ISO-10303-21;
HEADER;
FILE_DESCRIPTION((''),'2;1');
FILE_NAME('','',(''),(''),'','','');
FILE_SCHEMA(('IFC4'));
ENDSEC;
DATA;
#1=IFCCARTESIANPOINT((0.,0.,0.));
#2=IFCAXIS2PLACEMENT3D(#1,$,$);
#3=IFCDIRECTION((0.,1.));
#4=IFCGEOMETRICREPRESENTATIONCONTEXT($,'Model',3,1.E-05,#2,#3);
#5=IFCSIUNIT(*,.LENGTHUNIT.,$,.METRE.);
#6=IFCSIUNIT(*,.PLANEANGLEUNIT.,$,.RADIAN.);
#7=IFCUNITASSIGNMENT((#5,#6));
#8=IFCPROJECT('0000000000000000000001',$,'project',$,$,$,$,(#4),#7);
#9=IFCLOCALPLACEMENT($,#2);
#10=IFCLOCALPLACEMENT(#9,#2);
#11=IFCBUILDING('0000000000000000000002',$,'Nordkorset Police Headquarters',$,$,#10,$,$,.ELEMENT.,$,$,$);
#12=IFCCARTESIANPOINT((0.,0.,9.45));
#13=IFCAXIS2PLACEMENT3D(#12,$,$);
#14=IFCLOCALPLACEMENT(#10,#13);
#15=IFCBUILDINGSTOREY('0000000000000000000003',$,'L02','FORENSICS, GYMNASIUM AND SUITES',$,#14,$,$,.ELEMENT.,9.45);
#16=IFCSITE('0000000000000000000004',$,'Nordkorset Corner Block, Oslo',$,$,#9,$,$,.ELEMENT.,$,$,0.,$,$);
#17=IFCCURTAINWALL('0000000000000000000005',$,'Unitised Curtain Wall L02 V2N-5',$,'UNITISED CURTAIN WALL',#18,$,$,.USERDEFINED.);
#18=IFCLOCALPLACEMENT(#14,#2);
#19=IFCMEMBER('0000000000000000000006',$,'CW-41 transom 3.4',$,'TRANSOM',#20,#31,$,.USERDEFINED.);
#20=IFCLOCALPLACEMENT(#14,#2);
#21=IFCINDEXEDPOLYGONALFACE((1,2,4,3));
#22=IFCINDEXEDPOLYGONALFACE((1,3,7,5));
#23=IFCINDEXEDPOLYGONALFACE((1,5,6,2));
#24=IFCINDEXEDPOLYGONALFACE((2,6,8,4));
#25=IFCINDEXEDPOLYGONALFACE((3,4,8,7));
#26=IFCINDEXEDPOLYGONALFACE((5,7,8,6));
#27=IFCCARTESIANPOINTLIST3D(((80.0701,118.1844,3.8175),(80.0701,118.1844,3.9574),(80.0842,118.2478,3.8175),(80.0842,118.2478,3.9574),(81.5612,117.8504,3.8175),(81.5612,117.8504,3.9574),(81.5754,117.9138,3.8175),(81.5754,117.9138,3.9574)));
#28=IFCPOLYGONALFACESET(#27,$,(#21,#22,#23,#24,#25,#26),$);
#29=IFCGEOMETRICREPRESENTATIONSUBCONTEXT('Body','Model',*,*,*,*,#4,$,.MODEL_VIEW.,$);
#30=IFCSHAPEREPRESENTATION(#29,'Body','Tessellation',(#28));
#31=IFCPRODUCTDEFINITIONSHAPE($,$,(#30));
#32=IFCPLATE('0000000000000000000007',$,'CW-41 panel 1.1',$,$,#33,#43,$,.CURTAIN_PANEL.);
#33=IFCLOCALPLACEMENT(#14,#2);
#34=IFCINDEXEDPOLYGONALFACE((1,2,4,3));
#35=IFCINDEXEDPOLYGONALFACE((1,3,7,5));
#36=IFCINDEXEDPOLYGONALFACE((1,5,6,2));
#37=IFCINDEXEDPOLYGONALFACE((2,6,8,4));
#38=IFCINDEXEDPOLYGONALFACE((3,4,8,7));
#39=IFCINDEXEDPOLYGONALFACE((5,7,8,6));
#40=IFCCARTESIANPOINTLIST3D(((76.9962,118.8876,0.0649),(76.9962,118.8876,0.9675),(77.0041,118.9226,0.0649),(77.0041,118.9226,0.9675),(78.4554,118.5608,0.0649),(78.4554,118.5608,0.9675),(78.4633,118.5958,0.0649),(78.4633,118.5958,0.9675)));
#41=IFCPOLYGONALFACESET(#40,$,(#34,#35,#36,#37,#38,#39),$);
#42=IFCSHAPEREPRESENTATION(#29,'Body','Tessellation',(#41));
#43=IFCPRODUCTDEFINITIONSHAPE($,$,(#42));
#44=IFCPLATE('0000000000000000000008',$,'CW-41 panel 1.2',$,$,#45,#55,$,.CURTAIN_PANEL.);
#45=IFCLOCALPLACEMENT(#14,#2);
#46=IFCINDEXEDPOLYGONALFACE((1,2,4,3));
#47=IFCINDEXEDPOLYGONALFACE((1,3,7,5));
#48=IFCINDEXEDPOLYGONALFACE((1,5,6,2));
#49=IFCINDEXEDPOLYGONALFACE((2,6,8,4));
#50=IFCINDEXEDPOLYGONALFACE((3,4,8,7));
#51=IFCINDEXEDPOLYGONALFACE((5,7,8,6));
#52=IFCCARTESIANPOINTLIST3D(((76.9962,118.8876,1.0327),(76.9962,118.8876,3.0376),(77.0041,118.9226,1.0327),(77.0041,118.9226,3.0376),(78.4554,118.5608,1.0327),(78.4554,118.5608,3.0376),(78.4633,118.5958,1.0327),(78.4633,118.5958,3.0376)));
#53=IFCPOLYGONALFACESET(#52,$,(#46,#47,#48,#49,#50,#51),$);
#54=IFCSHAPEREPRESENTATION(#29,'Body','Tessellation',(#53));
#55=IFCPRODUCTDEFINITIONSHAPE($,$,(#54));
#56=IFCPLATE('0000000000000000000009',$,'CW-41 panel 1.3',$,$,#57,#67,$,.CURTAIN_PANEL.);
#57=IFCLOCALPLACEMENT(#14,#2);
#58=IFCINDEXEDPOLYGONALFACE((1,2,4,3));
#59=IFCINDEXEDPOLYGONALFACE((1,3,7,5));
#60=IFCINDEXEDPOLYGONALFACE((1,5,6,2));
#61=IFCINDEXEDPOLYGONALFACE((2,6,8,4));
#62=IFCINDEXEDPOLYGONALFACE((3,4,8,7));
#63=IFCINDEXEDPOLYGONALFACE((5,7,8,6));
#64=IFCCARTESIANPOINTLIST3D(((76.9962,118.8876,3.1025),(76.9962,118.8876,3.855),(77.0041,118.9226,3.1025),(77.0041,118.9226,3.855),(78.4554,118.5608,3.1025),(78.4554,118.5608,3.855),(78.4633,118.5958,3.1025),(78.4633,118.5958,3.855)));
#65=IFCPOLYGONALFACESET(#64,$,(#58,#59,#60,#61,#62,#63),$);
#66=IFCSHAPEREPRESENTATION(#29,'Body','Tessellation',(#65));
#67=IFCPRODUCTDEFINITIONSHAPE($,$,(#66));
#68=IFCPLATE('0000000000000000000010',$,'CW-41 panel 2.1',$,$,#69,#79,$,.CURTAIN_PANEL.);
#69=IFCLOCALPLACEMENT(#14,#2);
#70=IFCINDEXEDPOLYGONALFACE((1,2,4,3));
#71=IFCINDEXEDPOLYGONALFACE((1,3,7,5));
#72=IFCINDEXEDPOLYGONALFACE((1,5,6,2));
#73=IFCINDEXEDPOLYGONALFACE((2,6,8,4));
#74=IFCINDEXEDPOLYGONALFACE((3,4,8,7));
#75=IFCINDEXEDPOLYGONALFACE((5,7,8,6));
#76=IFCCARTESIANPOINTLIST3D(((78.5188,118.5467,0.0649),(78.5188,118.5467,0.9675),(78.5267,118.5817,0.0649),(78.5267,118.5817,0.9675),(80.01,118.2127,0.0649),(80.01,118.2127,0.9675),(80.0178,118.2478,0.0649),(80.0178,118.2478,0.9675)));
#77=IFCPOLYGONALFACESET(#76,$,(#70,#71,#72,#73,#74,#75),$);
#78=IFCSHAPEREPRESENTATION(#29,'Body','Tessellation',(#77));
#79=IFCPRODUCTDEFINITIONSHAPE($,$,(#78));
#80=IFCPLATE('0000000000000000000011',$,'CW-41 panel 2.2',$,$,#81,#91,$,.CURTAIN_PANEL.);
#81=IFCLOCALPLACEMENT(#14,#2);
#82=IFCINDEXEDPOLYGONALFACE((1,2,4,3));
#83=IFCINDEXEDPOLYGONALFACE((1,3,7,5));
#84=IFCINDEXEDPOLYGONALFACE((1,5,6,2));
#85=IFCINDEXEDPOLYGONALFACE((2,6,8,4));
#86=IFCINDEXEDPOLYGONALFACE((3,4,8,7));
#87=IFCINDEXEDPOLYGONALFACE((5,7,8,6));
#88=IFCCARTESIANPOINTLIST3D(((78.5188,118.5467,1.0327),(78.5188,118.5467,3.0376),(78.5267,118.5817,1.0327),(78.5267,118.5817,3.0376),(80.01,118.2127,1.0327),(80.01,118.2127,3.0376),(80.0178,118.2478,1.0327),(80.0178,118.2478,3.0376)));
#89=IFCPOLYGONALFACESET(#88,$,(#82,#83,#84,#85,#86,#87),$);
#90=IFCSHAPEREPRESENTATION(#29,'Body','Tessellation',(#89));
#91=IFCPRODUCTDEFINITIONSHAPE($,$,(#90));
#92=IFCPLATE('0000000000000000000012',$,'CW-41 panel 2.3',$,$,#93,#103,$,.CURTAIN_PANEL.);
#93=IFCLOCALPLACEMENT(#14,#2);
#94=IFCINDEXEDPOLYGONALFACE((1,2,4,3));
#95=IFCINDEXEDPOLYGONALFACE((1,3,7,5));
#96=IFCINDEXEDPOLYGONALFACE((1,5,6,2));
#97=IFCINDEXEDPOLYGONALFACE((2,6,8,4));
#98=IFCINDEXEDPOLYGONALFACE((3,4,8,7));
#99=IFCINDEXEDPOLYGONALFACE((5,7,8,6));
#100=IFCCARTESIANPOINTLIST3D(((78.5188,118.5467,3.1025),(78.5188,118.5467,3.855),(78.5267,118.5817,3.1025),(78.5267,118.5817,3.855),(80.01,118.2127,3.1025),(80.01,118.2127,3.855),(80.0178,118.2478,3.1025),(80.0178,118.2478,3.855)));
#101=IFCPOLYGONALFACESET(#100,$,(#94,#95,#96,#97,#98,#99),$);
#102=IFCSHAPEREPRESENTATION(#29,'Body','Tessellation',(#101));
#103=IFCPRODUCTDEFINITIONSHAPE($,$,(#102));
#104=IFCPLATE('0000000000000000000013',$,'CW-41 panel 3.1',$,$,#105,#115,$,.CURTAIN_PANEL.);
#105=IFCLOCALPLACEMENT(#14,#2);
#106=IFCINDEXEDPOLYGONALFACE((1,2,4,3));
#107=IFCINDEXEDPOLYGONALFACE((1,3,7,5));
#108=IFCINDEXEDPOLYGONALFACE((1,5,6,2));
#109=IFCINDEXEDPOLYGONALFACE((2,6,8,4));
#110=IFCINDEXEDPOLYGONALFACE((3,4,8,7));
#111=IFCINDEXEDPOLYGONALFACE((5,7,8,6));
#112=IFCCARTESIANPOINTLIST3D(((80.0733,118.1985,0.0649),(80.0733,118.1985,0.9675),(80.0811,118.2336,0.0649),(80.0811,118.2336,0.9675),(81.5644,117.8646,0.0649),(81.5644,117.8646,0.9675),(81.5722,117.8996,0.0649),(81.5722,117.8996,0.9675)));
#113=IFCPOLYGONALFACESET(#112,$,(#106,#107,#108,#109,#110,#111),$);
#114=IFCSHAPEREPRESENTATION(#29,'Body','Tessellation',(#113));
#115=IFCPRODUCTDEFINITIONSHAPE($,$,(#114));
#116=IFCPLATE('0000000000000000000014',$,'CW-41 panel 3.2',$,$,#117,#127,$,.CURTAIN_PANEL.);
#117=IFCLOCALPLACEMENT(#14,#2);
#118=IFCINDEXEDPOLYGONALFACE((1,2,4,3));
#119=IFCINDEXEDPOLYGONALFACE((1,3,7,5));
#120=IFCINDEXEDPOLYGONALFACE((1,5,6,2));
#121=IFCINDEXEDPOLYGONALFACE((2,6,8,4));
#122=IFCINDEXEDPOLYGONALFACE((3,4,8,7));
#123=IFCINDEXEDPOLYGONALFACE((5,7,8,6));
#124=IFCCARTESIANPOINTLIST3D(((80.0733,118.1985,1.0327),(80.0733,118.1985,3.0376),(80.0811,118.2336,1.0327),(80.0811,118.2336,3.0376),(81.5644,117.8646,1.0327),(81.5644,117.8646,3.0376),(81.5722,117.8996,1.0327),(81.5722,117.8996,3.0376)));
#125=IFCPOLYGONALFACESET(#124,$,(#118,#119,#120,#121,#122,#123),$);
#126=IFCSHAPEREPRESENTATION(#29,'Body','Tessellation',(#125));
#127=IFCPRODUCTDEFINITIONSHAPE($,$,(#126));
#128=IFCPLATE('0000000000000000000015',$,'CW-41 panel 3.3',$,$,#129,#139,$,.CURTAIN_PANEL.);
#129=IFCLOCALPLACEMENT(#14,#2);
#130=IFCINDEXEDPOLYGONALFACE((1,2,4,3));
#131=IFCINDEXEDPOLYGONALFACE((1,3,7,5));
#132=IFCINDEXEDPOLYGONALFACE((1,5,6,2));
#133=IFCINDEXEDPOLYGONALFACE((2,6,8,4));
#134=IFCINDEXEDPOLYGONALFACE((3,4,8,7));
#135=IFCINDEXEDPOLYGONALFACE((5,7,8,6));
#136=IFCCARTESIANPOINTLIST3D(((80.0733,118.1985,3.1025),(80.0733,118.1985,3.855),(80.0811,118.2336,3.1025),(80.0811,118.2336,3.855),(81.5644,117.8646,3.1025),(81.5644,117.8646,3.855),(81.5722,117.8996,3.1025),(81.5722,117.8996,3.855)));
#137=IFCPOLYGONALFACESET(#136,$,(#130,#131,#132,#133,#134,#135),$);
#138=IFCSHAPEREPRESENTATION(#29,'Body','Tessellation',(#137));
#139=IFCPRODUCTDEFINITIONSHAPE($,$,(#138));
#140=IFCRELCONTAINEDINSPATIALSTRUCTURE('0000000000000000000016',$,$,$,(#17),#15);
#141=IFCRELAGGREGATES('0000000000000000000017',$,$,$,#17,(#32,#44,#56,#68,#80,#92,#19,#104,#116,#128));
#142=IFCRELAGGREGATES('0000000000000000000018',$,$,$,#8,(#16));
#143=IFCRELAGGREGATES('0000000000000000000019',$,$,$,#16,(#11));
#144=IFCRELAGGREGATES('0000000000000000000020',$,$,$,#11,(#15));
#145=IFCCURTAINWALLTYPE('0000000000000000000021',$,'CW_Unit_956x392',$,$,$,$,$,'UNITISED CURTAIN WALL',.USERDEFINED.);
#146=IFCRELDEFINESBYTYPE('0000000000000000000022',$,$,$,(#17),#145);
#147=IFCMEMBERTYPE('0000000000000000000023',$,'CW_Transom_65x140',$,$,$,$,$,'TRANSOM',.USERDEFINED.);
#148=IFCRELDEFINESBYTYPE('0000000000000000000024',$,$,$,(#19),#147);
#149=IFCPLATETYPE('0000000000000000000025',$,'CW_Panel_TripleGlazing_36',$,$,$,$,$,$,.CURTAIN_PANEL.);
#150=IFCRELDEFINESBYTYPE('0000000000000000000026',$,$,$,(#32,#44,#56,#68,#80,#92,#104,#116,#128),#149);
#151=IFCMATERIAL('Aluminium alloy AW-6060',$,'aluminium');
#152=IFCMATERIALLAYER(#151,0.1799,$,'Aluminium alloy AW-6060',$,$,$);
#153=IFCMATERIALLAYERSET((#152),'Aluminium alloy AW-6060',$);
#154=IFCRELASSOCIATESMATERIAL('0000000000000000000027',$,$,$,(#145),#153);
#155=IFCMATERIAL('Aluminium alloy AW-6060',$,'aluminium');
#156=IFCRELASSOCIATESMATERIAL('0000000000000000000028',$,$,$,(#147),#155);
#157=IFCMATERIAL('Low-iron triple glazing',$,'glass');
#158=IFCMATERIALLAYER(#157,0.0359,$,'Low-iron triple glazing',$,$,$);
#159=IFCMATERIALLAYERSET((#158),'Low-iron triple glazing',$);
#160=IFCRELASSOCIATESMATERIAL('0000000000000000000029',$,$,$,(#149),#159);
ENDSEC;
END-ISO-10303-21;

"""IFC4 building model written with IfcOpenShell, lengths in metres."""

from ifc_helpers import new_model, si_unit, direction, frame, origin, origin_2d, place, context, subcontext, project, spatial, rectangle, extrude, material, layer, layer_set, material_profile, profile_set, type_object, element, aggregate, save


model = new_model("IFC4")

# Units and contexts
model_context = context("Model", 3, precision=1e-05, world=origin(), true_north=direction((0.0, 1.0)))
body_context = subcontext(model_context, "Body", "Model", "MODEL_VIEW")
ifc_project = project(units=[si_unit("LENGTHUNIT", "METRE"), si_unit("PLANEANGLEUNIT", "RADIAN")], contexts=[model_context])

# Site, building, storey
site_placement = place(None, origin())
site = spatial("IfcSite", under=ifc_project, at=site_placement, Name="Nordkorset Corner Block, Oslo", CompositionType="ELEMENT", RefElevation=0.0)
building_placement = place(site_placement, origin())
building = spatial("IfcBuilding", under=site, at=building_placement, Name="Nordkorset Police Headquarters", CompositionType="ELEMENT")
storey_placement = place(building_placement, frame((0.0, 0.0, 9.45)))
storey = spatial("IfcBuildingStorey", under=building, at=storey_placement, Name="L02", Description="FORENSICS, GYMNASIUM AND SUITES", CompositionType="ELEMENT", Elevation=9.45)

# Curtain wall, member, plates
ifc_material_1 = material(Name="Aluminium alloy AW-6060", Category="aluminium")
ifc_layer_1 = layer(ifc_material_1, 0.1799, Name="Aluminium alloy AW-6060")
ifc_layer_set_1 = layer_set([ifc_layer_1], Name="Aluminium alloy AW-6060")
curtain_wall_type = type_object("IfcCurtainWallType", Name="CW_Unit_956x392", ElementType="UNITISED CURTAIN WALL", PredefinedType="USERDEFINED", material=ifc_layer_set_1)
curtain_wall_placement = place(storey_placement, origin())
curtain_wall = element("IfcCurtainWall", 1, at=curtain_wall_placement, inside=storey, type_object=curtain_wall_type, Name="Unitised Curtain Wall L02 V2N-5", ObjectType="UNITISED CURTAIN WALL", PredefinedType="USERDEFINED")
ifc_material_2 = material(Name="Aluminium alloy AW-6060", Category="aluminium")
ifc_material_profile_1 = material_profile(ifc_material_2, rectangle(XDim=0.0649, YDim=0.1399, at=origin_2d()), Name="ALU TRAN 65x140")
ifc_profile_set_1 = profile_set([ifc_material_profile_1], Name="Aluminium alloy AW-6060")
member_type_1 = type_object("IfcMemberType", Name="CW_Transom_65x140", ElementType="TRANSOM", PredefinedType="USERDEFINED", material=ifc_profile_set_1)
member_1_placement = place(storey_placement, frame((80.0771, 118.2161, 3.8875), z_axis=(0.975825, -0.218554, 0.0), x_axis=(0.218554, 0.975825, 0.0)))
member_1 = element("IfcMember", 2, at=member_1_placement, type_object=member_type_1, Name="CW-41 transom 3.4", ObjectType="TRANSOM", PredefinedType="USERDEFINED", context=body_context, shape_type="SweptSolid", body=[
    extrude(rectangle(XDim=0.0649, YDim=0.1399, at=origin_2d()), origin(), (0.0, 0.0, 1.0), 1.5281),
])
ifc_material_3 = material(Name="Low-iron triple glazing", Category="glass")
ifc_layer_2 = layer(ifc_material_3, 0.0359, Name="Low-iron triple glazing")
ifc_layer_set_2 = layer_set([ifc_layer_2], Name="Low-iron triple glazing")
plate_type = type_object("IfcPlateType", Name="CW_Panel_TripleGlazing_36", PredefinedType="CURTAIN_PANEL", material=ifc_layer_set_2)
plate_1_placement = place(storey_placement, frame((77.7297, 118.7417, 0.0649), z_axis=(0.0, 0.0, 1.0), x_axis=(0.975827, -0.218544, 0.0)))
plate_1 = element("IfcPlate", 3, at=plate_1_placement, type_object=plate_type, Name="CW-41 panel 1.1", PredefinedType="CURTAIN_PANEL", context=body_context, shape_type="SweptSolid", body=[
    extrude(rectangle(XDim=1.4954, YDim=0.0359, at=origin_2d()), origin(), (0.0, 0.0, 1.0), 0.9026),
])
plate_2_placement = place(storey_placement, frame((77.7297, 118.7417, 1.0327), z_axis=(0.0, 0.0, 1.0), x_axis=(0.975827, -0.218544, 0.0)))
plate_2 = element("IfcPlate", 4, at=plate_2_placement, type_object=plate_type, Name="CW-41 panel 1.2", PredefinedType="CURTAIN_PANEL", context=body_context, shape_type="SweptSolid", body=[
    extrude(rectangle(XDim=1.4954, YDim=0.0359, at=origin_2d()), origin(), (0.0, 0.0, 1.0), 2.0049),
])
plate_3_placement = place(storey_placement, frame((77.7297, 118.7417, 3.1025), z_axis=(0.0, 0.0, 1.0), x_axis=(0.975827, -0.218544, 0.0)))
plate_3 = element("IfcPlate", 5, at=plate_3_placement, type_object=plate_type, Name="CW-41 panel 1.3", PredefinedType="CURTAIN_PANEL", context=body_context, shape_type="SweptSolid", body=[
    extrude(rectangle(XDim=1.4954, YDim=0.0359, at=origin_2d()), origin(), (0.0, 0.0, 1.0), 0.7524),
])
plate_4_placement = place(storey_placement, frame((79.2683, 118.3972, 0.0649), z_axis=(0.0, 0.0, 1.0), x_axis=(0.975827, -0.218544, 0.0)))
plate_4 = element("IfcPlate", 6, at=plate_4_placement, type_object=plate_type, Name="CW-41 panel 2.1", PredefinedType="CURTAIN_PANEL", context=body_context, shape_type="SweptSolid", body=[
    extrude(rectangle(XDim=1.5281, YDim=0.0359, at=origin_2d()), origin(), (0.0, 0.0, 1.0), 0.9026),
])
plate_5_placement = place(storey_placement, frame((79.2683, 118.3972, 1.0327), z_axis=(0.0, 0.0, 1.0), x_axis=(0.975827, -0.218544, 0.0)))
plate_5 = element("IfcPlate", 7, at=plate_5_placement, type_object=plate_type, Name="CW-41 panel 2.2", PredefinedType="CURTAIN_PANEL", context=body_context, shape_type="SweptSolid", body=[
    extrude(rectangle(XDim=1.5281, YDim=0.0359, at=origin_2d()), origin(), (0.0, 0.0, 1.0), 2.0049),
])
plate_6_placement = place(storey_placement, frame((79.2683, 118.3972, 3.1025), z_axis=(0.0, 0.0, 1.0), x_axis=(0.975827, -0.218544, 0.0)))
plate_6 = element("IfcPlate", 8, at=plate_6_placement, type_object=plate_type, Name="CW-41 panel 2.3", PredefinedType="CURTAIN_PANEL", context=body_context, shape_type="SweptSolid", body=[
    extrude(rectangle(XDim=1.5281, YDim=0.0359, at=origin_2d()), origin(), (0.0, 0.0, 1.0), 0.7524),
])
plate_7_placement = place(storey_placement, frame((80.8228, 118.0491, 0.0649), z_axis=(0.0, 0.0, 1.0), x_axis=(0.975827, -0.218544, 0.0)))
plate_7 = element("IfcPlate", 9, at=plate_7_placement, type_object=plate_type, Name="CW-41 panel 3.1", PredefinedType="CURTAIN_PANEL", context=body_context, shape_type="SweptSolid", body=[
    extrude(rectangle(XDim=1.5281, YDim=0.0359, at=origin_2d()), origin(), (0.0, 0.0, 1.0), 0.9026),
])
plate_8_placement = place(storey_placement, frame((80.8228, 118.0491, 1.0327), z_axis=(0.0, 0.0, 1.0), x_axis=(0.975827, -0.218544, 0.0)))
plate_8 = element("IfcPlate", 10, at=plate_8_placement, type_object=plate_type, Name="CW-41 panel 3.2", PredefinedType="CURTAIN_PANEL", context=body_context, shape_type="SweptSolid", body=[
    extrude(rectangle(XDim=1.5281, YDim=0.0359, at=origin_2d()), origin(), (0.0, 0.0, 1.0), 2.0049),
])
plate_9_placement = place(storey_placement, frame((80.8228, 118.0491, 3.1025), z_axis=(0.0, 0.0, 1.0), x_axis=(0.975827, -0.218544, 0.0)))
plate_9 = element("IfcPlate", 11, at=plate_9_placement, type_object=plate_type, Name="CW-41 panel 3.3", PredefinedType="CURTAIN_PANEL", context=body_context, shape_type="SweptSolid", body=[
    extrude(rectangle(XDim=1.5281, YDim=0.0359, at=origin_2d()), origin(), (0.0, 0.0, 1.0), 0.7524),
])
aggregate(curtain_wall, [plate_1, plate_2, plate_3, plate_4, plate_5, plate_6, member_1, plate_7, plate_8, plate_9])

save(model, "model.ifc")
